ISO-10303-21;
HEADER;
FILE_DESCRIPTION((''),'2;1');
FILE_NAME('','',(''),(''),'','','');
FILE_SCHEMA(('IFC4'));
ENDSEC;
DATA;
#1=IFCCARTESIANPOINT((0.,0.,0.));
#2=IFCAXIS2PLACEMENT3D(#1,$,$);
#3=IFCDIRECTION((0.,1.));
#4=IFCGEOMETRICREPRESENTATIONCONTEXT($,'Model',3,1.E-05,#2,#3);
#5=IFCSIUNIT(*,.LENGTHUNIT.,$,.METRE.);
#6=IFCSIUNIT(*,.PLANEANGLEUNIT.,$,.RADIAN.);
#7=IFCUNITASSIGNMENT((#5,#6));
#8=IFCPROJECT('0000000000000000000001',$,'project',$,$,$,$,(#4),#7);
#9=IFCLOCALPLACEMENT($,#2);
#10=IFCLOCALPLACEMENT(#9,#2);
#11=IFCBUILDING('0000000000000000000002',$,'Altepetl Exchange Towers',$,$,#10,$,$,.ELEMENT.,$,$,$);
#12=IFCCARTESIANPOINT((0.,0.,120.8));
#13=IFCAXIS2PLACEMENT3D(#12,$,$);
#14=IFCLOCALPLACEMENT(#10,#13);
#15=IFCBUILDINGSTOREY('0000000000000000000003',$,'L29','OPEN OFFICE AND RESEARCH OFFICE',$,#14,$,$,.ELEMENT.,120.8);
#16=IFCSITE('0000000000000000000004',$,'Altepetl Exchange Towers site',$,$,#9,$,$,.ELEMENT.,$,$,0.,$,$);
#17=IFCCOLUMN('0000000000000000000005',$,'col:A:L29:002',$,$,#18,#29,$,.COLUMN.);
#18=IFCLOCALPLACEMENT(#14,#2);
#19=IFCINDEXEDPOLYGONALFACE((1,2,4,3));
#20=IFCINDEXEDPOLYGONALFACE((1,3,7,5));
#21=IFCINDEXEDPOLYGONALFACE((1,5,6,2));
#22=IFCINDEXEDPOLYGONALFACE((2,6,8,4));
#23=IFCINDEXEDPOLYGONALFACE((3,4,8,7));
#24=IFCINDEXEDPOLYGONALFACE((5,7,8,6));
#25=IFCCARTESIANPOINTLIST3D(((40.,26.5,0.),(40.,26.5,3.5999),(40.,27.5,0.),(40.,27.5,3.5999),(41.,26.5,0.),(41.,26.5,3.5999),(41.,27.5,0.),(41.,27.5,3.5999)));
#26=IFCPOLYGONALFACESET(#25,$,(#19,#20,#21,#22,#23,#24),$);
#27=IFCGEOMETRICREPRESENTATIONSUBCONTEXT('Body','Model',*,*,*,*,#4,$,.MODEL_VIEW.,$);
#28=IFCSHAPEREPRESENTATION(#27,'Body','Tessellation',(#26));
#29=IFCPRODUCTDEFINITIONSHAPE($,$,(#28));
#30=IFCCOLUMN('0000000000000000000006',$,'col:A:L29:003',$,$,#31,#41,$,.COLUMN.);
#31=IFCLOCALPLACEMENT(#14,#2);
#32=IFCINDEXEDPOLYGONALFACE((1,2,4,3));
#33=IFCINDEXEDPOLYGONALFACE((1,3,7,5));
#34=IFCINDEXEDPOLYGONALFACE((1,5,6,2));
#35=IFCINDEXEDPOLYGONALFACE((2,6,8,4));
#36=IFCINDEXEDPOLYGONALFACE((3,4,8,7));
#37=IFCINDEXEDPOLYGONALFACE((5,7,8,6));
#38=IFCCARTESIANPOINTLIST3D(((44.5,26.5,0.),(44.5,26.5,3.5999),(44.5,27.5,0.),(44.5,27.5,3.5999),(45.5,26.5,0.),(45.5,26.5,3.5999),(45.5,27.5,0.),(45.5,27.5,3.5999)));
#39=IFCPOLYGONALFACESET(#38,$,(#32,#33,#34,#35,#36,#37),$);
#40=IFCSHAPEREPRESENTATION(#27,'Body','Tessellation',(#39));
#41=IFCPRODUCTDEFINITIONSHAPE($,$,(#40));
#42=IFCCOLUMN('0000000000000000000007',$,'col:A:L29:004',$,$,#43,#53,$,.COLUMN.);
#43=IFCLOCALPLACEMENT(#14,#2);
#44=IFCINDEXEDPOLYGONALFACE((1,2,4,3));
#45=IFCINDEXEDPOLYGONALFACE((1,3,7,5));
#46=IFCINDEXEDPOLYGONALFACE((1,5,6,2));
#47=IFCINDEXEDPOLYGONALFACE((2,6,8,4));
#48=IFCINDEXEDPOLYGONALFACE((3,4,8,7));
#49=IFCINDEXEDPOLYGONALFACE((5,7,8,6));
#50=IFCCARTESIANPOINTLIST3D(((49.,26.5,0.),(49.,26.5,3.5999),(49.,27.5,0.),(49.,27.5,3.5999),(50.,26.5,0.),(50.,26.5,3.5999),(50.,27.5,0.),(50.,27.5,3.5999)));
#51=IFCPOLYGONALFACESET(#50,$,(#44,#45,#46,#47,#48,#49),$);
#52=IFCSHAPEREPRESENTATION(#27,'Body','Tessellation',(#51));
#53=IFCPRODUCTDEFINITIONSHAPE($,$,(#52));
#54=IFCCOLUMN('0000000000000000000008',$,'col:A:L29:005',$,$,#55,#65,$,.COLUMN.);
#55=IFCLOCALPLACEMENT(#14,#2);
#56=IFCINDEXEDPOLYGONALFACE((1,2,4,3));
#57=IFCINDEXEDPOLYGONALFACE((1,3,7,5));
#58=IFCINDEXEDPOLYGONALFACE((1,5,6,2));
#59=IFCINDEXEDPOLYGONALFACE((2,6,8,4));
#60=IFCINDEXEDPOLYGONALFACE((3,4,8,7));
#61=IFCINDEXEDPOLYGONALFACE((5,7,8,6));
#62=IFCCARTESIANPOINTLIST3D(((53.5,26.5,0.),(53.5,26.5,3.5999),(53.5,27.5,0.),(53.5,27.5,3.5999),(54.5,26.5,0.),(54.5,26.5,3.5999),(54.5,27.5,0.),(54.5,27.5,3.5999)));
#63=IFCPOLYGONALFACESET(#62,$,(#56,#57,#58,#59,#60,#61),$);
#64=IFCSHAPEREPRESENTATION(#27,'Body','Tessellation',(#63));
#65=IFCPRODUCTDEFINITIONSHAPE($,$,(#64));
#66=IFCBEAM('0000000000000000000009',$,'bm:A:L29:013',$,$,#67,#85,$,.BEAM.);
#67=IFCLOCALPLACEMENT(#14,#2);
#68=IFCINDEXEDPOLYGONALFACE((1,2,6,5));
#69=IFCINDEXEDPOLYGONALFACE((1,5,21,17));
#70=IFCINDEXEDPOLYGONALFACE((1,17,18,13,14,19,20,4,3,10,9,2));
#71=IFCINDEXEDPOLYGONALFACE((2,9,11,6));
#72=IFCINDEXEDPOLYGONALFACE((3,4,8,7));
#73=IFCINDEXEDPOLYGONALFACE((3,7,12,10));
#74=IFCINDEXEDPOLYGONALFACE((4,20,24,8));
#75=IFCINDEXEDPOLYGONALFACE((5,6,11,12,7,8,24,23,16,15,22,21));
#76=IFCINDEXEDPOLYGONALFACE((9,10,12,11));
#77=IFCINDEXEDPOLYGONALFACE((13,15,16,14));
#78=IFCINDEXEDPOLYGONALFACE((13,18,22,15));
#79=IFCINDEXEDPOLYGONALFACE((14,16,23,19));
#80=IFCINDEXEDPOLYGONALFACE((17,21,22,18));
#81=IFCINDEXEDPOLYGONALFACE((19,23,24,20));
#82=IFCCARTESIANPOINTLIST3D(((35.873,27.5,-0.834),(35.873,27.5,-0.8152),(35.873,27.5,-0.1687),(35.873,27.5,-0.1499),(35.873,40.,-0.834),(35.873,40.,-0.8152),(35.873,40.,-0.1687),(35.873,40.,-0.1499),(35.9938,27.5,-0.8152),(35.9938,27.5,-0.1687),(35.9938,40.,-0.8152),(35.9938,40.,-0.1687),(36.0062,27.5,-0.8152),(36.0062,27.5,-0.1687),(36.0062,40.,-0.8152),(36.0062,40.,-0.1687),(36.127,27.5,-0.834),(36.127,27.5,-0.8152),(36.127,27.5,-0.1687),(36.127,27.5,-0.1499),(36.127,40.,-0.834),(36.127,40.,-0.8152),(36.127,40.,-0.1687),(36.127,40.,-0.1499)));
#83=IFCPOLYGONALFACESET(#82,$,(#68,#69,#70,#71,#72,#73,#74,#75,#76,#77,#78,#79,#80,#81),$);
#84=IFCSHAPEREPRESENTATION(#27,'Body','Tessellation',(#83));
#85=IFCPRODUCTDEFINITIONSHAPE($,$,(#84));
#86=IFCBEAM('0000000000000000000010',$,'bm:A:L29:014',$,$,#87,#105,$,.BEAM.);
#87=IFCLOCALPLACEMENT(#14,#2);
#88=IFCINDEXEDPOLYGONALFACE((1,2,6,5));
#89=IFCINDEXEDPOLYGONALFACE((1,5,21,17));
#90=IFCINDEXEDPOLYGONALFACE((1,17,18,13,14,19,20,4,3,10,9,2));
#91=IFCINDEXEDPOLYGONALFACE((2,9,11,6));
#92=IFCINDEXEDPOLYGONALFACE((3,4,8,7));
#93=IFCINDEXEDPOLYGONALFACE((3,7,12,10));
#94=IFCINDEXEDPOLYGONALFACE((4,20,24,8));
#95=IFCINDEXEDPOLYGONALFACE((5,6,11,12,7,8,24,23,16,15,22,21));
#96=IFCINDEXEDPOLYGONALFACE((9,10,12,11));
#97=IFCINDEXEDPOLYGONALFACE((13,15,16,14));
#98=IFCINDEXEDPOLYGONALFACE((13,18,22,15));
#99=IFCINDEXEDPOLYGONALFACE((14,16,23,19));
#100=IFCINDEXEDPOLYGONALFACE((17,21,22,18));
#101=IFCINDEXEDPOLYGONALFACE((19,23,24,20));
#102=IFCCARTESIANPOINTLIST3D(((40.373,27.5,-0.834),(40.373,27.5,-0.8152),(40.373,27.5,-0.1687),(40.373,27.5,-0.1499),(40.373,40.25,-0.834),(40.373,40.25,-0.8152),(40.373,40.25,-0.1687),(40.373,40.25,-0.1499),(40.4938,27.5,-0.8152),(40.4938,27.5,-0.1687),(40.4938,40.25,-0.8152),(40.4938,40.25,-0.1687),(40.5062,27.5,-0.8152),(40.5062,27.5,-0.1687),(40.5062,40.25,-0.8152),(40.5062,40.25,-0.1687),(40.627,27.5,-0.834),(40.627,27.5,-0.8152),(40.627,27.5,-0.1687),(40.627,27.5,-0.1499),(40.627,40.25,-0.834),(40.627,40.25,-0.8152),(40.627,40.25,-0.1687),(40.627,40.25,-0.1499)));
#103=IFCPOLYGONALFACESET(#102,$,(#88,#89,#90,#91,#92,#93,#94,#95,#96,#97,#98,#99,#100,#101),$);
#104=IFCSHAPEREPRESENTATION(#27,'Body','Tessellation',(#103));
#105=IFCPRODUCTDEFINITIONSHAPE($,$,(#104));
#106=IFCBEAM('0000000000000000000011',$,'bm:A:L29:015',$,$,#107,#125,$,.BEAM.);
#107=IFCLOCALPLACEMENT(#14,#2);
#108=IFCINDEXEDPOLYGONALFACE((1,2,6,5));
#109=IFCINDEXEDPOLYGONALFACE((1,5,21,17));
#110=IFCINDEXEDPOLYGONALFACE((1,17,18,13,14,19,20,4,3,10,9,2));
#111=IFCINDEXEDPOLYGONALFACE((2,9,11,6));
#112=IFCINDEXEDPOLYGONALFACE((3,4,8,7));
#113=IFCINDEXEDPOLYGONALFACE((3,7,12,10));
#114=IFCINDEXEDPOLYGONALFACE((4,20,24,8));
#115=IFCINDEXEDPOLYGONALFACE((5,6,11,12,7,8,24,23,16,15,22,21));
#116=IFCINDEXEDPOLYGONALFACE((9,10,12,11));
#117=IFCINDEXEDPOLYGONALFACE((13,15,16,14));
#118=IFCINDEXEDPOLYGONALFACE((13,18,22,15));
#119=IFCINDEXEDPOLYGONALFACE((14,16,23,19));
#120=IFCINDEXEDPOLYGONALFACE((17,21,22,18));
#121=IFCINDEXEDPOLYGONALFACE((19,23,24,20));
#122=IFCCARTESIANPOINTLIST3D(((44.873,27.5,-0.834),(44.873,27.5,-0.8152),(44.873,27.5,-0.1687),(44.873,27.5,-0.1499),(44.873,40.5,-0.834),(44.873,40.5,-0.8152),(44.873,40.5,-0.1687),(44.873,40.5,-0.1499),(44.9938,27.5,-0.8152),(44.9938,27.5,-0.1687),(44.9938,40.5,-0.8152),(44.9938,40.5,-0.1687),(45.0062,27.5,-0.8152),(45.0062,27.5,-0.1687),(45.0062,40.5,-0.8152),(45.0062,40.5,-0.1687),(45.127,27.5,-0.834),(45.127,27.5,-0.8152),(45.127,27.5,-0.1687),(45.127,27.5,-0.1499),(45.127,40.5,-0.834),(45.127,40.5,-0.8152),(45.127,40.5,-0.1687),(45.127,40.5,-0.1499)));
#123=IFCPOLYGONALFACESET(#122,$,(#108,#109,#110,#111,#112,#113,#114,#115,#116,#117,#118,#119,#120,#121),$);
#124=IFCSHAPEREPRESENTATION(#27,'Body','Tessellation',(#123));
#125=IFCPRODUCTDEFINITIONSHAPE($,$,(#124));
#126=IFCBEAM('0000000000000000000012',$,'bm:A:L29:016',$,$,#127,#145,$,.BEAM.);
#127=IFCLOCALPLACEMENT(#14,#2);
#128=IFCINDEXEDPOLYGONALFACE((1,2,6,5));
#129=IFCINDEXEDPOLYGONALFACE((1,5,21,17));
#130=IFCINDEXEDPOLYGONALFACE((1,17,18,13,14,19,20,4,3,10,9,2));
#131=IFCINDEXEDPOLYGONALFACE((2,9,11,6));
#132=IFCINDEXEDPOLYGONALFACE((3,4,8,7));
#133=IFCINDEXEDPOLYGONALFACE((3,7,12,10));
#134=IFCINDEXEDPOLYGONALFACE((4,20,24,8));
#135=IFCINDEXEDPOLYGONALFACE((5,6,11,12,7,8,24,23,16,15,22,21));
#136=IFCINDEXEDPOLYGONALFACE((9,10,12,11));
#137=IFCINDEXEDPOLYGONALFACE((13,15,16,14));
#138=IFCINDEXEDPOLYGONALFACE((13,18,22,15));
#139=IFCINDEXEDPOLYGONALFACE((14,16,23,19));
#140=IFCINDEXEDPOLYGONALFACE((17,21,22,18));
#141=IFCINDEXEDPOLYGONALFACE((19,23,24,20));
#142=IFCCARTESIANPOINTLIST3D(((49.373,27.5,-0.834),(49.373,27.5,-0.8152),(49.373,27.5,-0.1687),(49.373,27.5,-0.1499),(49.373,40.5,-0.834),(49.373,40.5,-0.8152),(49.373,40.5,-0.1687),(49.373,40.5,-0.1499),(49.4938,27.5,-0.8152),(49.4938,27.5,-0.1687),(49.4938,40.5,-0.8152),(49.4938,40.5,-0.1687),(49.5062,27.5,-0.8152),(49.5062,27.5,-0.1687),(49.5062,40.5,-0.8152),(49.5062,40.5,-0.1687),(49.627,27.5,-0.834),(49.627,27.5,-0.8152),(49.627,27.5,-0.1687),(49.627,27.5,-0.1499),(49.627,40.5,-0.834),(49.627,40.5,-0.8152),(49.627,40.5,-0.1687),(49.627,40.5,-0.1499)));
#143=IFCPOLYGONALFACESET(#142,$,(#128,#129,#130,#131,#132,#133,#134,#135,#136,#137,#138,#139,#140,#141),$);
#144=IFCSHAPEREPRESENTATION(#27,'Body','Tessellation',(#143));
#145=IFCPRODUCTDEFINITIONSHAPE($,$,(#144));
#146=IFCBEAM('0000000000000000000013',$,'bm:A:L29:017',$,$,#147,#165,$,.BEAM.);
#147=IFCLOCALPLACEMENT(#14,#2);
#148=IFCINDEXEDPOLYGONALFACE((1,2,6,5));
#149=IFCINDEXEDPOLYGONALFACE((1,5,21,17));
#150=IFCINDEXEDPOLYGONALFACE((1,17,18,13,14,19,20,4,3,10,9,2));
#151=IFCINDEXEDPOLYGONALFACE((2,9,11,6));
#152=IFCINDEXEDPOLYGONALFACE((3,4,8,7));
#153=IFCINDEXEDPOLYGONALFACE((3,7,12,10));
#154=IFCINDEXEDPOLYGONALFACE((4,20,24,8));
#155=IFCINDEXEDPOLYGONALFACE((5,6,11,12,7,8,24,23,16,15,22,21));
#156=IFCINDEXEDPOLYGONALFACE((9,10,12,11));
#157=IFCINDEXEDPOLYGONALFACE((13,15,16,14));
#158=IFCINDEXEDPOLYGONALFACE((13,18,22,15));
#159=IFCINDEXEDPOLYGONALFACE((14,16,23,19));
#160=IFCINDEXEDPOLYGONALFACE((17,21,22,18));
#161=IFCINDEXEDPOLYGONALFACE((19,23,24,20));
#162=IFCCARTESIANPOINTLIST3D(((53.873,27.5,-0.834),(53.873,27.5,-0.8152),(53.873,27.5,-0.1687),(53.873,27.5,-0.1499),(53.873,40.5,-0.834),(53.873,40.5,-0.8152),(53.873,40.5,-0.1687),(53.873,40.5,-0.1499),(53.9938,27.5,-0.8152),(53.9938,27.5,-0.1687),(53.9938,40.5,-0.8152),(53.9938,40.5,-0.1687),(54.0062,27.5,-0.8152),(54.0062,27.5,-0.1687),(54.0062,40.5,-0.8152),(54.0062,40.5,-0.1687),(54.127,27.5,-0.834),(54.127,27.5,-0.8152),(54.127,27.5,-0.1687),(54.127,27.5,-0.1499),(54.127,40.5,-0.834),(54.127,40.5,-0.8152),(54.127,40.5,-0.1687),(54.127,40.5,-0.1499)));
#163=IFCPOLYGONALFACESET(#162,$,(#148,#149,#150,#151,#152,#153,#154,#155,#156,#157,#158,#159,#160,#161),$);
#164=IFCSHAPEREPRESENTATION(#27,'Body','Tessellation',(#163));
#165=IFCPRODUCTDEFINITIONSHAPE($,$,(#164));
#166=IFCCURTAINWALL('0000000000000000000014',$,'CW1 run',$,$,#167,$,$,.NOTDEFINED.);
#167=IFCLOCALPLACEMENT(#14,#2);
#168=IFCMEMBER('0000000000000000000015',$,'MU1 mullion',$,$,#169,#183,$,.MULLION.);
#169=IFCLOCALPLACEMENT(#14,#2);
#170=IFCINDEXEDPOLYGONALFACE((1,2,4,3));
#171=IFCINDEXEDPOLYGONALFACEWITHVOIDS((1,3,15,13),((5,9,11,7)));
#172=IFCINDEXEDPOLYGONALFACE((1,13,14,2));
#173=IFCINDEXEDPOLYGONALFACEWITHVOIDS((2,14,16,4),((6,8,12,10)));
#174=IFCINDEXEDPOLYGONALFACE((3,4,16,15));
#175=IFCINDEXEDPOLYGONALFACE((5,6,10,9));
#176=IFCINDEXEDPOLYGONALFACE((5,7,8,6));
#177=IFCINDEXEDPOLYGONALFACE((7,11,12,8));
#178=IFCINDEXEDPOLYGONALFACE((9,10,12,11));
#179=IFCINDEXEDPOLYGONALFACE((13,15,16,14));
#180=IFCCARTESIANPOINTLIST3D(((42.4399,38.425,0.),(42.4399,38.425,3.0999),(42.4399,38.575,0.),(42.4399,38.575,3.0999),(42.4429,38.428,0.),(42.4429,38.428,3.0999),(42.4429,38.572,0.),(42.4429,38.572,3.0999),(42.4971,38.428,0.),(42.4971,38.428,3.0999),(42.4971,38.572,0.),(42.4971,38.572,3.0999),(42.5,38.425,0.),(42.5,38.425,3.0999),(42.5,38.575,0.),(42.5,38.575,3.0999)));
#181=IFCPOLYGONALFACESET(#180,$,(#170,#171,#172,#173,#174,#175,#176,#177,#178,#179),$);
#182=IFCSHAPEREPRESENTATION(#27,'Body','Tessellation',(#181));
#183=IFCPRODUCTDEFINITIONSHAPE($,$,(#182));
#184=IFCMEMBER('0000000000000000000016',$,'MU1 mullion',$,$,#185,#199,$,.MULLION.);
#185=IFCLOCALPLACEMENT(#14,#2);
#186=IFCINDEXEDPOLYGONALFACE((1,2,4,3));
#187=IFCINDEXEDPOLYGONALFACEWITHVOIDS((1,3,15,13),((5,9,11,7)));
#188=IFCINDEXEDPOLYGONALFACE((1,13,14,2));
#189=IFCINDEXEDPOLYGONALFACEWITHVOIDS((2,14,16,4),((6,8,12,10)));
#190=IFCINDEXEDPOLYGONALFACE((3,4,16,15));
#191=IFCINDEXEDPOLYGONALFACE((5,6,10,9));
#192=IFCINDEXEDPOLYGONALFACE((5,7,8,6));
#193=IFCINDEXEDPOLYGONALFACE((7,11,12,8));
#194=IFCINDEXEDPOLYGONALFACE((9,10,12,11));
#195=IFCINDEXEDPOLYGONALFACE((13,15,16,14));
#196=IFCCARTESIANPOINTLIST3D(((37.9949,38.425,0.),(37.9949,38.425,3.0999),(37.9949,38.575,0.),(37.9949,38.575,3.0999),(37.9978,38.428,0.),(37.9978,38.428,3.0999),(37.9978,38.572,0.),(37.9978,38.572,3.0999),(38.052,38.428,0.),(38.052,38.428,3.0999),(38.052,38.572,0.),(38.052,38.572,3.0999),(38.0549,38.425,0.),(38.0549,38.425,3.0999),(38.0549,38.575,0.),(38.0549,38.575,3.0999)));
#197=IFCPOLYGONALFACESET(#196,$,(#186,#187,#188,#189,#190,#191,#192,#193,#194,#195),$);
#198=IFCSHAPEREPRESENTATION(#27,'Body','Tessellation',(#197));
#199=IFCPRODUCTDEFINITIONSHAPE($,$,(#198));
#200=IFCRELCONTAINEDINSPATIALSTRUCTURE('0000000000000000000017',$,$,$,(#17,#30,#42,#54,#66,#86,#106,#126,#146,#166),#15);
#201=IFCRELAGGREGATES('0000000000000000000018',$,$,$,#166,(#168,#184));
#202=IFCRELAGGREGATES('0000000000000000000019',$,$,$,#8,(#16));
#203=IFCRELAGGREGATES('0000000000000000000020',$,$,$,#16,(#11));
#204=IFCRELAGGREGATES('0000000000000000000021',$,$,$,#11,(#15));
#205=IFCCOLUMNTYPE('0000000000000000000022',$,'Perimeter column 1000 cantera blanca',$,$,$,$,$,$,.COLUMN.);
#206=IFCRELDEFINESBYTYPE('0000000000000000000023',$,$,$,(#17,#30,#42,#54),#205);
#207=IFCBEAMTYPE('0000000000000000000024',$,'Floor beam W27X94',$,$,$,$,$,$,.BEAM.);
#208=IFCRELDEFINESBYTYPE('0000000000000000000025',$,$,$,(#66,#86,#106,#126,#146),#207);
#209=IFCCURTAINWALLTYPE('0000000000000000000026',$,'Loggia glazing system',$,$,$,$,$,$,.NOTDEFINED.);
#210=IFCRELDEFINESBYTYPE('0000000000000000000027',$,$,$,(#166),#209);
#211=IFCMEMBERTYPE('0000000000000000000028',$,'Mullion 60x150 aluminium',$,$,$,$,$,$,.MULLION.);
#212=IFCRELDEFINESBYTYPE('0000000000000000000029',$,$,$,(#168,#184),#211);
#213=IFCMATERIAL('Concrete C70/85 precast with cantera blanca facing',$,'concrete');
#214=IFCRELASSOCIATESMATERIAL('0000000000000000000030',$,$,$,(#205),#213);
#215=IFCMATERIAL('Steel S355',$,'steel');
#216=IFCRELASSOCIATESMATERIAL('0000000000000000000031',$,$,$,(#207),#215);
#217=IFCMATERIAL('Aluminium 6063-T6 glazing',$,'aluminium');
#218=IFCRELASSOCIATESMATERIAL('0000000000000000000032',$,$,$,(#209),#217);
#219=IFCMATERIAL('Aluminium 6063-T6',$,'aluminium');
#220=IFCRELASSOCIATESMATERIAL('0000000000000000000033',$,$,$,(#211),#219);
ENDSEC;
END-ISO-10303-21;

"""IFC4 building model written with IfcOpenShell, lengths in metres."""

from ifc_helpers import new_model, si_unit, direction, frame, origin, origin_2d, place, context, subcontext, project, spatial, rectangle, hollow_rectangle, i_section, extrude, material, material_profile, profile_set, type_object, element, aggregate, save


model = new_model("IFC4")

# Units and contexts
model_context = context("Model", 3, precision=1e-05, world=origin(), true_north=direction((0.0, 1.0)))
body_context = subcontext(model_context, "Body", "Model", "MODEL_VIEW")
ifc_project = project(units=[si_unit("LENGTHUNIT", "METRE"), si_unit("PLANEANGLEUNIT", "RADIAN")], contexts=[model_context])

# Site, building, storey
site_placement = place(None, origin())
site = spatial("IfcSite", under=ifc_project, at=site_placement, Name="Altepetl Exchange Towers site", CompositionType="ELEMENT", RefElevation=0.0)
building_placement = place(site_placement, origin())
building = spatial("IfcBuilding", under=site, at=building_placement, Name="Altepetl Exchange Towers", CompositionType="ELEMENT")
storey_placement = place(building_placement, frame((0.0, 0.0, 120.8)))
storey = spatial("IfcBuildingStorey", under=building, at=storey_placement, Name="L29", Description="OPEN OFFICE AND RESEARCH OFFICE", CompositionType="ELEMENT", Elevation=120.8)

# Columns
ifc_material_1 = material(Name="Concrete C70/85 precast with cantera blanca facing", Category="concrete")
ifc_material_profile_1 = material_profile(ifc_material_1, rectangle(XDim=1.0, YDim=1.0, at=origin_2d()), Name="1000 x 1000")
ifc_profile_set_1 = profile_set([ifc_material_profile_1], Name="Concrete C70/85 precast with cantera blanca facing")
column_type = type_object("IfcColumnType", Name="Perimeter column 1000 cantera blanca", PredefinedType="COLUMN", material=ifc_profile_set_1)
for number, where, name in (
    (1, (40.5, 27.0, 0.0), "col:A:L29:002"),
    (2, (45.0, 27.0, 0.0), "col:A:L29:003"),
    (3, (49.5, 27.0, 0.0), "col:A:L29:004"),
    (4, (54.0, 27.0, 0.0), "col:A:L29:005"),
):
    element("IfcColumn", number, at=place(storey_placement, frame(where)), inside=storey, type_object=column_type, Name=name, PredefinedType="COLUMN", context=body_context, shape_type="SweptSolid", body=[
        extrude(rectangle(XDim=1.0, YDim=1.0, at=origin_2d()), origin(), (0.0, 0.0, 1.0), 3.5999),
    ])

# Beams
ifc_material_2 = material(Name="Steel S355", Category="steel")
ifc_material_profile_2 = material_profile(ifc_material_2, i_section(OverallWidth=0.2539, OverallDepth=0.6841, WebThickness=0.0125, FlangeThickness=0.0188, at=origin_2d()), Name="W27X94")
ifc_profile_set_2 = profile_set([ifc_material_profile_2], Name="Steel S355")
beam_type_1 = type_object("IfcBeamType", Name="Floor beam W27X94", PredefinedType="BEAM", material=ifc_profile_set_2)
beam_1_placement = place(storey_placement, frame((36.0, 27.5, -0.4919), z_axis=(0.0, 1.0, 0.0), x_axis=(-1.0, 0.0, 0.0)))
element("IfcBeam", 5, at=beam_1_placement, inside=storey, type_object=beam_type_1, Name="bm:A:L29:013", PredefinedType="BEAM", context=body_context, shape_type="SweptSolid", body=[
    extrude(i_section(OverallWidth=0.2539, OverallDepth=0.6841, WebThickness=0.0125, FlangeThickness=0.0188, at=origin_2d()), origin(), (0.0, 0.0, 1.0), 12.5),
])
beam_2_placement = place(storey_placement, frame((40.5, 27.5, -0.4919), z_axis=(0.0, 1.0, 0.0), x_axis=(-1.0, 0.0, 0.0)))
element("IfcBeam", 6, at=beam_2_placement, inside=storey, type_object=beam_type_1, Name="bm:A:L29:014", PredefinedType="BEAM", context=body_context, shape_type="SweptSolid", body=[
    extrude(i_section(OverallWidth=0.2539, OverallDepth=0.6841, WebThickness=0.0125, FlangeThickness=0.0188, at=origin_2d()), origin(), (0.0, 0.0, 1.0), 12.75),
])
for number, where, z_axis, x_axis, name in (
    (7, (45.0, 27.5, -0.4919), (0.0, 1.0, 0.0), (-1.0, 0.0, 0.0), "bm:A:L29:015"),
    (8, (49.5, 27.5, -0.4919), (0.0, 1.0, 0.0), (-1.0, 0.0, 0.0), "bm:A:L29:016"),
    (9, (54.0, 27.5, -0.4919), (0.0, 1.0, 0.0), (-1.0, 0.0, 0.0), "bm:A:L29:017"),
):
    element("IfcBeam", number, at=place(storey_placement, frame(where, z_axis=z_axis, x_axis=x_axis)), inside=storey, type_object=beam_type_1, Name=name, PredefinedType="BEAM", context=body_context, shape_type="SweptSolid", body=[
        extrude(i_section(OverallWidth=0.2539, OverallDepth=0.6841, WebThickness=0.0125, FlangeThickness=0.0188, at=origin_2d()), origin(), (0.0, 0.0, 1.0), 13.0),
    ])

# Curtain wall, members
ifc_material_3 = material(Name="Aluminium 6063-T6 glazing", Category="aluminium")
curtain_wall_type = type_object("IfcCurtainWallType", Name="Loggia glazing system", PredefinedType="NOTDEFINED", material=ifc_material_3)
curtain_wall_1_placement = place(storey_placement, origin())
curtain_wall_1 = element("IfcCurtainWall", 10, at=curtain_wall_1_placement, inside=storey, type_object=curtain_wall_type, Name="CW1 run", PredefinedType="NOTDEFINED")
ifc_material_4 = material(Name="Aluminium 6063-T6", Category="aluminium")
ifc_material_profile_3 = material_profile(ifc_material_4, hollow_rectangle(XDim=0.0601, YDim=0.1499, WallThickness=0.0029, at=origin_2d()), Name="Mullion 60x150 aluminium")
ifc_profile_set_3 = profile_set([ifc_material_profile_3], Name="Aluminium 6063-T6")
member_type = type_object("IfcMemberType", Name="Mullion 60x150 aluminium", PredefinedType="MULLION", material=ifc_profile_set_3)
member_1_placement = place(storey_placement, frame((42.47, 38.5, 0.0), z_axis=(0.0, 0.0, 1.0), x_axis=(-1.0, 0.0, 0.0)))
member_1 = element("IfcMember", 11, at=member_1_placement, type_object=member_type, Name="MU1 mullion", PredefinedType="MULLION", context=body_context, shape_type="SweptSolid", body=[
    extrude(hollow_rectangle(XDim=0.0601, YDim=0.1499, WallThickness=0.0029, at=origin_2d()), origin(), (0.0, 0.0, 1.0), 3.0999),
])
member_2_placement = place(storey_placement, frame((38.0249, 38.5, 0.0), z_axis=(0.0, 0.0, 1.0), x_axis=(-1.0, 0.0, 0.0)))
member_2 = element("IfcMember", 12, at=member_2_placement, type_object=member_type, Name="MU1 mullion", PredefinedType="MULLION", context=body_context, shape_type="SweptSolid", body=[
    extrude(hollow_rectangle(XDim=0.0601, YDim=0.1499, WallThickness=0.0029, at=origin_2d()), origin(), (0.0, 0.0, 1.0), 3.0999),
])

aggregate(curtain_wall_1, [member_1, member_2])

save(model, "model.ifc")
